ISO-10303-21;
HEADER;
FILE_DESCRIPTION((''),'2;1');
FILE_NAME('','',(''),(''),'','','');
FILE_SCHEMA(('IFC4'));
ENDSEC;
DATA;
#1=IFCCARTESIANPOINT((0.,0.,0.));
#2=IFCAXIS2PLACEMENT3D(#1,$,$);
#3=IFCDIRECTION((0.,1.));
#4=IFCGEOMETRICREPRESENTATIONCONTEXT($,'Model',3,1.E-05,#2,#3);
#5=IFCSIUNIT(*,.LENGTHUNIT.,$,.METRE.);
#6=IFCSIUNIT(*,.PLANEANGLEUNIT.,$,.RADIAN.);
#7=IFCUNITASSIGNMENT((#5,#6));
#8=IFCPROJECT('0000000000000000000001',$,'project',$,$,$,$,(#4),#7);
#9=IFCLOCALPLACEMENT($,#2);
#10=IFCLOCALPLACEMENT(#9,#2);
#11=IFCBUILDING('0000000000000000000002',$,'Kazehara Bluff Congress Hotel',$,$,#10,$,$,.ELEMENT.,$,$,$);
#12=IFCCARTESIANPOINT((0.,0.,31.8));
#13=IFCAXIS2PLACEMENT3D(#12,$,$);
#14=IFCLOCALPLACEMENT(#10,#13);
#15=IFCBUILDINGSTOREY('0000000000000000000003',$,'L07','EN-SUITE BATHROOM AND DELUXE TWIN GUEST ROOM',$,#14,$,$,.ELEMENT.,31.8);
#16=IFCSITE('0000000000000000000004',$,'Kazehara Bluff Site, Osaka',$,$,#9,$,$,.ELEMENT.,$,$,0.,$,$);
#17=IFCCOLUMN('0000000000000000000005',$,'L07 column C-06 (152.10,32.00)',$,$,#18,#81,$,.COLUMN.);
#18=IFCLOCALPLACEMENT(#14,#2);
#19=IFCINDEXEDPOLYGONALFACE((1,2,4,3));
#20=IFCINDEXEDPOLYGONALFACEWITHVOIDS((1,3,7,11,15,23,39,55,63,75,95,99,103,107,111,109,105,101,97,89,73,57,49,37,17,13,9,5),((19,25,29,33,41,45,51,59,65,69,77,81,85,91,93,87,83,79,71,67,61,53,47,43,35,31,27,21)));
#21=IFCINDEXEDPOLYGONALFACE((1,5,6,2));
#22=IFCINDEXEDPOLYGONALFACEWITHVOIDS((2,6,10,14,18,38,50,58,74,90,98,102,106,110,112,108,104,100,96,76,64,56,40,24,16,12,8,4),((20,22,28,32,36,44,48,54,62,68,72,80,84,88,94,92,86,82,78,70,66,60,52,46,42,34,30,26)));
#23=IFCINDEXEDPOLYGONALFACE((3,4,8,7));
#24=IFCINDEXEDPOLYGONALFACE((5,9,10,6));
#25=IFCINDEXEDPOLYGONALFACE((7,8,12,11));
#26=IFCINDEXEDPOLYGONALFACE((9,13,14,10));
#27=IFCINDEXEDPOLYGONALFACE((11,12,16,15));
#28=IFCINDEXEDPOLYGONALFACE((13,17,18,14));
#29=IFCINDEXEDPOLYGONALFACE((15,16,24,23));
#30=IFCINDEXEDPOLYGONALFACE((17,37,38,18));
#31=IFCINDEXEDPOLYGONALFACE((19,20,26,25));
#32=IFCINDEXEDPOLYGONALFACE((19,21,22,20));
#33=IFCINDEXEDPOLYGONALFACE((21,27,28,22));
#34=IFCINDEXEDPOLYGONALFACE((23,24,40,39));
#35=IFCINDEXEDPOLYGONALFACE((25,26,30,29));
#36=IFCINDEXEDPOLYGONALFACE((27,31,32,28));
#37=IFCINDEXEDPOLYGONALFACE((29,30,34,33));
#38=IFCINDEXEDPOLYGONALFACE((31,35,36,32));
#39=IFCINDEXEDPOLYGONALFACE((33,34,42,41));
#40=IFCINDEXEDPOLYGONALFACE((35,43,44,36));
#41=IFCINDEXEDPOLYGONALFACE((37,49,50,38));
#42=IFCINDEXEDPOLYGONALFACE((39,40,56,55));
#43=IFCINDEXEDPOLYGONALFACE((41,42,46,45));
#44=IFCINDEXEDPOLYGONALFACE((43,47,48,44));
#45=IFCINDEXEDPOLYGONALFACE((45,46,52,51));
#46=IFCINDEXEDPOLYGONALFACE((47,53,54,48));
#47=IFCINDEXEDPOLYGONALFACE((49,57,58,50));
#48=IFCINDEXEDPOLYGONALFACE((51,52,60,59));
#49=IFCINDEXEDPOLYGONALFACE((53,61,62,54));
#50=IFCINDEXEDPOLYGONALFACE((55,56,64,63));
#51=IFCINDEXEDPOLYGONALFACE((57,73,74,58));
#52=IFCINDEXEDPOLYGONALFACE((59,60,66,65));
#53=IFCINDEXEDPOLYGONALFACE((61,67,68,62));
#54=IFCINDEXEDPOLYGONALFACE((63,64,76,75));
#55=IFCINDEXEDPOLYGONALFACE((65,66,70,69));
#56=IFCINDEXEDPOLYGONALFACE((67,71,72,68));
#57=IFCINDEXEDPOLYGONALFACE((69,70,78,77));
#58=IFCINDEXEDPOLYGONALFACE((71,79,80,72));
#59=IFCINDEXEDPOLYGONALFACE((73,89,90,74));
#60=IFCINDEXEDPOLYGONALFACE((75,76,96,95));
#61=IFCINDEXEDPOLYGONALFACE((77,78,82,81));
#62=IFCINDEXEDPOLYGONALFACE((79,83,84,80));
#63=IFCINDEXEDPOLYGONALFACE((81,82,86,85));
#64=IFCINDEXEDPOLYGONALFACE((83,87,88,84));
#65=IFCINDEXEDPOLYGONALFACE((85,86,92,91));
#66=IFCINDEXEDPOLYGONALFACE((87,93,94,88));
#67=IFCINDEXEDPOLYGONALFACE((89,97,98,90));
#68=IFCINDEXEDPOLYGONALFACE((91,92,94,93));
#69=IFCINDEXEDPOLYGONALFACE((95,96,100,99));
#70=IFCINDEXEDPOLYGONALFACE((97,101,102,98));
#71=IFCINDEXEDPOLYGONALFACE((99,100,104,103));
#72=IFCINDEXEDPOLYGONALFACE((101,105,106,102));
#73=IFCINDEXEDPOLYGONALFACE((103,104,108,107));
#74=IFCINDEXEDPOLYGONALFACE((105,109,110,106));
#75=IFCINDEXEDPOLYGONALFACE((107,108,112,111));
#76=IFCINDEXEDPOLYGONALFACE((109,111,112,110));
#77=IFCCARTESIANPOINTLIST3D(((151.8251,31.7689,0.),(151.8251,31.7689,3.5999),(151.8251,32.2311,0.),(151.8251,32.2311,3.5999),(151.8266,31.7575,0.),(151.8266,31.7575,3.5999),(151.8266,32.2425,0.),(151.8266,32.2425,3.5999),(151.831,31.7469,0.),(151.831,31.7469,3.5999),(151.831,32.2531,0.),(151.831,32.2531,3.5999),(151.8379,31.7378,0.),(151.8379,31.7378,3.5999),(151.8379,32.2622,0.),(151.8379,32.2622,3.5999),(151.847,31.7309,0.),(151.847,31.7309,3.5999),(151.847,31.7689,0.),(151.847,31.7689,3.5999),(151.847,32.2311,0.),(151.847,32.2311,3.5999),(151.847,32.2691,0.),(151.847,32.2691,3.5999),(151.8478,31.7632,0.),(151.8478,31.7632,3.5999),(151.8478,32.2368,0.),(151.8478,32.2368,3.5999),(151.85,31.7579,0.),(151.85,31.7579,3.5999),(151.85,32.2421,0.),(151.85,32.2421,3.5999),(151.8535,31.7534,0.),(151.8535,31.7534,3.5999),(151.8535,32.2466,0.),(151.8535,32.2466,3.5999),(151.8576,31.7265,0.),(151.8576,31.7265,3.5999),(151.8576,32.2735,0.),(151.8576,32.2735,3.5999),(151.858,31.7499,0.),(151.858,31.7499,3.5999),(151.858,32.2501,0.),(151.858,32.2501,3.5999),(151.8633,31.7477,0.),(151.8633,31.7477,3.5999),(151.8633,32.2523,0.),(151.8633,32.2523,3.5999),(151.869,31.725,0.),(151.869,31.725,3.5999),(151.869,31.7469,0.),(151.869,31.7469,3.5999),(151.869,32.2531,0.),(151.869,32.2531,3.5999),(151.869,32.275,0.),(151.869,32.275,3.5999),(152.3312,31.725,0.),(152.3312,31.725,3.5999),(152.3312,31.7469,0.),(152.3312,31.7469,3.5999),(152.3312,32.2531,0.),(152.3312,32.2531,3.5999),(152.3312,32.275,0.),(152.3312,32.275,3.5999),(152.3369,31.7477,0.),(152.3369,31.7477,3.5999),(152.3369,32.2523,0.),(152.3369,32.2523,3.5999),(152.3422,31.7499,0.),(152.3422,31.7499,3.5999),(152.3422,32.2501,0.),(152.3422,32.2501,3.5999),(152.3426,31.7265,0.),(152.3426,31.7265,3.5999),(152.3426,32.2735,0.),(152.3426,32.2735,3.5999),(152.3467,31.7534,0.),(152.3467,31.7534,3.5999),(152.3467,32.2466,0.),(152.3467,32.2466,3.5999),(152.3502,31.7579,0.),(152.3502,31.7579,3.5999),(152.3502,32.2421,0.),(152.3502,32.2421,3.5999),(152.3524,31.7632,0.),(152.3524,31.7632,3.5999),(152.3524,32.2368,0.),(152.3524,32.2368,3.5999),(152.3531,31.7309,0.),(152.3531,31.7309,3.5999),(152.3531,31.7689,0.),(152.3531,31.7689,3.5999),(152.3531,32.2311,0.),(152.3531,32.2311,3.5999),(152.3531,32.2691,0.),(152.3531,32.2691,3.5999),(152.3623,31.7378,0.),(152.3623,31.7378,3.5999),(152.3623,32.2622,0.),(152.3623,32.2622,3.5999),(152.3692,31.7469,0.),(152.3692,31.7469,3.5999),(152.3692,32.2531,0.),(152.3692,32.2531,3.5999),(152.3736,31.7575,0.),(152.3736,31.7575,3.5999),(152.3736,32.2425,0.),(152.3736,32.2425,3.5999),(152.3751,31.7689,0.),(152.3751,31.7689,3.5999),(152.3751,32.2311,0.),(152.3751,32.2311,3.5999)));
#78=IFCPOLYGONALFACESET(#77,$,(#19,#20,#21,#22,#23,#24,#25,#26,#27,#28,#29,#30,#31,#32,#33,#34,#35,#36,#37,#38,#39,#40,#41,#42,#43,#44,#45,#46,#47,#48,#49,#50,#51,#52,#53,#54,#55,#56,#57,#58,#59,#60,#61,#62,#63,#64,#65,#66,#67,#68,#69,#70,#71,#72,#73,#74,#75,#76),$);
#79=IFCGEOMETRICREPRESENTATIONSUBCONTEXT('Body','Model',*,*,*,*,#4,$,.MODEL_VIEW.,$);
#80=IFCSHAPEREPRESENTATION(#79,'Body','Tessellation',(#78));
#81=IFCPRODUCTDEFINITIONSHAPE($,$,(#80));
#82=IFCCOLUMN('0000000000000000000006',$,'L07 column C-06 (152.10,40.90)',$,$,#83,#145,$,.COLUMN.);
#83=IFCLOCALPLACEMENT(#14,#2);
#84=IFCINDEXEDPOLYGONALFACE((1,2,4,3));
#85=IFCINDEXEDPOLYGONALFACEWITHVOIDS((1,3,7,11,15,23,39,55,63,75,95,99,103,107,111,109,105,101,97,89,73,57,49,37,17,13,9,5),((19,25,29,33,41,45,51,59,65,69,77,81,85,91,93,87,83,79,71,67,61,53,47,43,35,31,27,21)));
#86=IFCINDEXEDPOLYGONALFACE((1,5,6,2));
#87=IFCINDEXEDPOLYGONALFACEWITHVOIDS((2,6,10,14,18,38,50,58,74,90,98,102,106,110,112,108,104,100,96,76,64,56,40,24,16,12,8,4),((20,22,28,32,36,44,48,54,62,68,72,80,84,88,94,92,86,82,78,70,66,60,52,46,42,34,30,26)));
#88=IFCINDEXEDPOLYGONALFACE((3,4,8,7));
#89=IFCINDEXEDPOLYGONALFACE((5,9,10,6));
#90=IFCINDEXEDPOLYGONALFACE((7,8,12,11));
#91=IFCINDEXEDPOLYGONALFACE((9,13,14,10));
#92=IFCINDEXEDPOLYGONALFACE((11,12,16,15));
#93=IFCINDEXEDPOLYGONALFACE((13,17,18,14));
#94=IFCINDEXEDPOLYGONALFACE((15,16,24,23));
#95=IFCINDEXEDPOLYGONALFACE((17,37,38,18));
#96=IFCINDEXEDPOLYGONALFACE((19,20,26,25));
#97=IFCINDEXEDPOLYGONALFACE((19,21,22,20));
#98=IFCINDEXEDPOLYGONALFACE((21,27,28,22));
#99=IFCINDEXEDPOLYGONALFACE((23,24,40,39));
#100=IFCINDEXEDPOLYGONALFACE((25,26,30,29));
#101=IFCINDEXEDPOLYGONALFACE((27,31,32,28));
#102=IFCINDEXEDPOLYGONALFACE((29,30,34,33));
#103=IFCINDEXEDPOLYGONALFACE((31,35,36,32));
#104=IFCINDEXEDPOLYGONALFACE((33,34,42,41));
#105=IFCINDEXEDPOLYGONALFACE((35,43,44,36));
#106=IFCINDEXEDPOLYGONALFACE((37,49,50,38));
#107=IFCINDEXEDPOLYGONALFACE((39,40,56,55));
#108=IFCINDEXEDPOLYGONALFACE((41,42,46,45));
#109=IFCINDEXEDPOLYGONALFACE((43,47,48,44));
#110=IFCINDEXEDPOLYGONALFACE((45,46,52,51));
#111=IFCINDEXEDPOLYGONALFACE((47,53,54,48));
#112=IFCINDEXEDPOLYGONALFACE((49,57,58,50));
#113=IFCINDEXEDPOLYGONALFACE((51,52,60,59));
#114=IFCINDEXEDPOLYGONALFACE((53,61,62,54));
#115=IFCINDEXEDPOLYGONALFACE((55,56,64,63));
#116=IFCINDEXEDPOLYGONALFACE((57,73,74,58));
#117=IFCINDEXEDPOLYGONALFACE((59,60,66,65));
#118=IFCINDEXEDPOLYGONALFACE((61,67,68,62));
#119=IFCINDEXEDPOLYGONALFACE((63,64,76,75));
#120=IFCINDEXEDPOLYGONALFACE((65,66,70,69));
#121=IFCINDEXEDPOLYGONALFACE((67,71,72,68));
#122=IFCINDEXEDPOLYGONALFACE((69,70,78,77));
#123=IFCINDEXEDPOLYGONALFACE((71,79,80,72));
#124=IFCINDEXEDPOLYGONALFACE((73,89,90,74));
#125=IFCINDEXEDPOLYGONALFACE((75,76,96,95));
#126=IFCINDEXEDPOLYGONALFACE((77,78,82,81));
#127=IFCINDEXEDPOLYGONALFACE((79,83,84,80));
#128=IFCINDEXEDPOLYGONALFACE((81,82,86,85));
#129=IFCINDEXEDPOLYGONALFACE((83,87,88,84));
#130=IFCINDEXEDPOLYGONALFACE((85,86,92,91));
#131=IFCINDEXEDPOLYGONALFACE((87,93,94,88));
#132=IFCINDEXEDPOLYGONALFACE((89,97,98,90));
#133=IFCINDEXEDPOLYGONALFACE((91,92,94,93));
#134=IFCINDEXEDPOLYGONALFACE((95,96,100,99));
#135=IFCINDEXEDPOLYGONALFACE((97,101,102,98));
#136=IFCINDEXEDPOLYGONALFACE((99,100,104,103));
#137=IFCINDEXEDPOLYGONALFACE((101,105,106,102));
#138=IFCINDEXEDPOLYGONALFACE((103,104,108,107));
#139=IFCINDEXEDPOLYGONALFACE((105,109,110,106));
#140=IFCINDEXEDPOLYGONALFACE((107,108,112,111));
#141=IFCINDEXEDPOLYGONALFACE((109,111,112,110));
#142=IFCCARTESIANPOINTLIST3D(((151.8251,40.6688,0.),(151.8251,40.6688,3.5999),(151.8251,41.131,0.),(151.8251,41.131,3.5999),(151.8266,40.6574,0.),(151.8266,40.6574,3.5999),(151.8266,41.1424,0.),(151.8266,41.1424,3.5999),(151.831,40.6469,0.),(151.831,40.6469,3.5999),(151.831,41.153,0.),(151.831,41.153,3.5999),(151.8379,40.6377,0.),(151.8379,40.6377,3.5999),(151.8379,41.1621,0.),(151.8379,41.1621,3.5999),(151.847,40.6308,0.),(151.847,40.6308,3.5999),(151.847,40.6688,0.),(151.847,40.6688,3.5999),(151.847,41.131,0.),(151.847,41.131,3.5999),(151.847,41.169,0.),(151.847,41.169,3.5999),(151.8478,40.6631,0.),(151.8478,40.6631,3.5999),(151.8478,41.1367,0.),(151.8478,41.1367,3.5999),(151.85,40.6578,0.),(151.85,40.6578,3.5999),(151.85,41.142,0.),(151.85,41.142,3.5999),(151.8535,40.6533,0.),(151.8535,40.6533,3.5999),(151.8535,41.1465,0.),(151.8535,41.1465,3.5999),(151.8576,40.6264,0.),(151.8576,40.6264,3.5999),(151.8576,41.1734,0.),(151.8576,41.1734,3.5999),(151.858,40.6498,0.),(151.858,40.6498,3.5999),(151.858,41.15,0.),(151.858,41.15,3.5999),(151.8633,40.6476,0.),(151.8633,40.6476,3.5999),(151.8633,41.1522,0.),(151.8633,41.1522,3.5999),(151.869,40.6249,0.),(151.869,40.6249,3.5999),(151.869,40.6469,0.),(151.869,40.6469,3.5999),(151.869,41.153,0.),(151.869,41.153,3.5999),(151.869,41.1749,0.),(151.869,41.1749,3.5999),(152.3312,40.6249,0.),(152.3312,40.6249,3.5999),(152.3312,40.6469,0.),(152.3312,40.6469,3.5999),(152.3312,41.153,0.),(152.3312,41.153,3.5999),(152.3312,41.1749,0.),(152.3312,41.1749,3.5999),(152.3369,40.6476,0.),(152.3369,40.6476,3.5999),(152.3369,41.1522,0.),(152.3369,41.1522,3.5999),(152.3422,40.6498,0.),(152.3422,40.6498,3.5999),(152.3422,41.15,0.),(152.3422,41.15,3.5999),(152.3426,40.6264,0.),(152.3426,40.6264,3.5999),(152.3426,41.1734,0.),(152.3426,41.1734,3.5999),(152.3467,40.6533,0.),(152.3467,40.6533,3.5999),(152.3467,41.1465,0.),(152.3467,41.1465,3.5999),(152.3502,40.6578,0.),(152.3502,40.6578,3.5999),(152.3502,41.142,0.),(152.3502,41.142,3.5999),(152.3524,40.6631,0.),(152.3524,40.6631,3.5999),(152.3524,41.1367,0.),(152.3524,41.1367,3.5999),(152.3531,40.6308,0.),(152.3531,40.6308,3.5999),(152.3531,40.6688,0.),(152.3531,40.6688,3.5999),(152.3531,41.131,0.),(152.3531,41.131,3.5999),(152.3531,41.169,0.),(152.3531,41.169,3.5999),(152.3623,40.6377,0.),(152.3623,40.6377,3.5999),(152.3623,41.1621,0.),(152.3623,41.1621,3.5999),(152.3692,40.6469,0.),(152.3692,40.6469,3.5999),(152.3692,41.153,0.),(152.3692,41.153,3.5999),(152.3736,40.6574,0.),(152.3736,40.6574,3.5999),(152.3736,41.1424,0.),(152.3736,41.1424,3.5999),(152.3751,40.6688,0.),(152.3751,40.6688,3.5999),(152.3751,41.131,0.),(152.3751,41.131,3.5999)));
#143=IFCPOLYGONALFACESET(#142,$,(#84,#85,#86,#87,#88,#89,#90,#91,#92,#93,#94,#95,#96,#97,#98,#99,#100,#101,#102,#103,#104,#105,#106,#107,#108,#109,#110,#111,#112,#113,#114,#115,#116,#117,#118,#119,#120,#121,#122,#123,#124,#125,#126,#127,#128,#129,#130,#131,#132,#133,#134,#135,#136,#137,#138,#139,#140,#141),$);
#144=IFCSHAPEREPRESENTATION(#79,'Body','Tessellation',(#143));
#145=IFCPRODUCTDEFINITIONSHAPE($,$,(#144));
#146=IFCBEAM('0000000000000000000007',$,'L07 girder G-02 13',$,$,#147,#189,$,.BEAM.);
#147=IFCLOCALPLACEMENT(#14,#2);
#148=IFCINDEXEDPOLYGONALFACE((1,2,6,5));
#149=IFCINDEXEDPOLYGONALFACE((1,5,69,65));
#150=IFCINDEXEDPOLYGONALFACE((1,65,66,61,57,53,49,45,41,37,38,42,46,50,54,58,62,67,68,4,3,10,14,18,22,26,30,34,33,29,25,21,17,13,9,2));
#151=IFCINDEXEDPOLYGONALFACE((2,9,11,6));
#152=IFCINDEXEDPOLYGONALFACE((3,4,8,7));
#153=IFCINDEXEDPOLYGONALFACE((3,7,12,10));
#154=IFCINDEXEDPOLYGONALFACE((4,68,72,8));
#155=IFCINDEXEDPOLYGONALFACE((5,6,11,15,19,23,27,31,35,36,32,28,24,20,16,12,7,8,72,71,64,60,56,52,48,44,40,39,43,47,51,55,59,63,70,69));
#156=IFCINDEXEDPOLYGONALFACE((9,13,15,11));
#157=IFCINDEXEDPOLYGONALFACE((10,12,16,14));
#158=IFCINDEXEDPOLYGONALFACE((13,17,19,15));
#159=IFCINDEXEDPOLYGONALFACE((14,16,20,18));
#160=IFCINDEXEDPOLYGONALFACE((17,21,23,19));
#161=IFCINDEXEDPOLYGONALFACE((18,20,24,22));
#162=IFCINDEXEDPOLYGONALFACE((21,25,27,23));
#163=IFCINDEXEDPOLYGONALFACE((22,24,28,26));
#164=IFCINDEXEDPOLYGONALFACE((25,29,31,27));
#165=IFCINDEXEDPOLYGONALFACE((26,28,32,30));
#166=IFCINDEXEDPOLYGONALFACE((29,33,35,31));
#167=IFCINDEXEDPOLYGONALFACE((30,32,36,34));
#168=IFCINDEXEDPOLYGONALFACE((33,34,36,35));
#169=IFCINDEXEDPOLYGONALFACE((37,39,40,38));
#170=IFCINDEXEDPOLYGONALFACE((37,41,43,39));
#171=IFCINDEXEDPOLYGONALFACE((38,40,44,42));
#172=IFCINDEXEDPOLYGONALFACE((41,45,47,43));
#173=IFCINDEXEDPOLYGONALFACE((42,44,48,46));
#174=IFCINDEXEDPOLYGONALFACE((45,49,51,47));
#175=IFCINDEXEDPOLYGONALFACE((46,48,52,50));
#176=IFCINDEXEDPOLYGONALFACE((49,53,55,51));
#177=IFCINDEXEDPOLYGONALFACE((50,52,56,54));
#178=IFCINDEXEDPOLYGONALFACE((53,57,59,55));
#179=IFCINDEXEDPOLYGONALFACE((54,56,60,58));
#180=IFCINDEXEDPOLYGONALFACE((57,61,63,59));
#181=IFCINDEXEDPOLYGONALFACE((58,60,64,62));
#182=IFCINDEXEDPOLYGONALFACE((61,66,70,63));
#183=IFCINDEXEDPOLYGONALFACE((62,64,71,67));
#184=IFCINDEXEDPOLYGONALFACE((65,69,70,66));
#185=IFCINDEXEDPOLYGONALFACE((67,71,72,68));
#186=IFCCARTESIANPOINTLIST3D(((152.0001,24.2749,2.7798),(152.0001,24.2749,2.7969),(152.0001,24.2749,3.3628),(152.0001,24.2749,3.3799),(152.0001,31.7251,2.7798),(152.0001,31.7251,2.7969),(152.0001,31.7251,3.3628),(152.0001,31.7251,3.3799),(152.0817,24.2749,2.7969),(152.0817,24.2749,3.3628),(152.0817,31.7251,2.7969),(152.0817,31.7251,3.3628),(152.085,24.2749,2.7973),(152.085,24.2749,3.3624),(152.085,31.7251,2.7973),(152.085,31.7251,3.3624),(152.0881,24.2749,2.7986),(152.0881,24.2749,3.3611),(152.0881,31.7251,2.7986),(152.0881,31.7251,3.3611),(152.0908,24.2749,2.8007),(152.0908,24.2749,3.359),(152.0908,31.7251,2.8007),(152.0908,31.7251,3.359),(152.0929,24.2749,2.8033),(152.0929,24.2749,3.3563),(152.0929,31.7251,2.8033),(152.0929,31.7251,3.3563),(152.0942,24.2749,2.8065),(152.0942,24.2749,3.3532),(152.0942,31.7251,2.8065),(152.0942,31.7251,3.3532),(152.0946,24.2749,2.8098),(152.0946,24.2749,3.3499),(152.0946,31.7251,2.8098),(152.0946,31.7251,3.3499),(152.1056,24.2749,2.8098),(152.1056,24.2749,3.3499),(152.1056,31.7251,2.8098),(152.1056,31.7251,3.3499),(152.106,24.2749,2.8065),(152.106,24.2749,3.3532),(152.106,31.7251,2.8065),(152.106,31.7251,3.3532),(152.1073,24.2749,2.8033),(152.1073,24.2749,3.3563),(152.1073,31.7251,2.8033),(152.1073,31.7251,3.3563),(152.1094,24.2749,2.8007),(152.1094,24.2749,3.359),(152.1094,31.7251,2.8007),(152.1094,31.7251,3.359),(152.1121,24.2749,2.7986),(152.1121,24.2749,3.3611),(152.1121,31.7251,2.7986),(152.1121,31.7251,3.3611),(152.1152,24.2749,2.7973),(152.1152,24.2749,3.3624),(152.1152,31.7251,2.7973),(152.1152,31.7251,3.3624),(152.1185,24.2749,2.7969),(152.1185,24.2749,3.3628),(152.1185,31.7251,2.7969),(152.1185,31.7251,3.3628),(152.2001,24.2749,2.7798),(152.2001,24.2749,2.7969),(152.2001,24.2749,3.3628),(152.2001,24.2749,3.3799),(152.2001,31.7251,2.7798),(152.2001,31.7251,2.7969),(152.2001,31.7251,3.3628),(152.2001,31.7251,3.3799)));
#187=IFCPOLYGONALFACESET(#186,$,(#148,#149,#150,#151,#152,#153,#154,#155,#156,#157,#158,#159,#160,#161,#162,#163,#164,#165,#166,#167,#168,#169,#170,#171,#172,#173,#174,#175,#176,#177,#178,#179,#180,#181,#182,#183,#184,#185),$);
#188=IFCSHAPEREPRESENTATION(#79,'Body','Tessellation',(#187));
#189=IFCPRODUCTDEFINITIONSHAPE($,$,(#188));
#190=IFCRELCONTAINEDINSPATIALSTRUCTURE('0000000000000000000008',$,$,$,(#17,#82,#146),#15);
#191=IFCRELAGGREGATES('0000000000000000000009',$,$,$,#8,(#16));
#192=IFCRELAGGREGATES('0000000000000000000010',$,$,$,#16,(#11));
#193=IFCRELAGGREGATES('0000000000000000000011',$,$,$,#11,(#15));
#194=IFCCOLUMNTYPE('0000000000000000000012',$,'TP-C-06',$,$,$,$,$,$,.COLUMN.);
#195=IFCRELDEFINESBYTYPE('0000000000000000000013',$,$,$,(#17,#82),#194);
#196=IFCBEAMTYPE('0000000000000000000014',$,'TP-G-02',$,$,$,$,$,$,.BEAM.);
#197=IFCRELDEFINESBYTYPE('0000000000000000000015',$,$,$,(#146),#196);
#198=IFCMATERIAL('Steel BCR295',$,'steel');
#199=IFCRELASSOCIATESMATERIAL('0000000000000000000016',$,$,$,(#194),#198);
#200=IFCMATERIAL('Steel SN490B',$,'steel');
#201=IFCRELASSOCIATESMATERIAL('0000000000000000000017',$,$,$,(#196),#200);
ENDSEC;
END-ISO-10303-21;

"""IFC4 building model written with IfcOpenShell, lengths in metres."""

from ifc_helpers import new_model, si_unit, direction, frame, origin, origin_2d, place, context, subcontext, project, spatial, hollow_rectangle, i_section, extrude, material, material_profile, profile_set, type_object, element, save


model = new_model("IFC4")

# Units and contexts
model_context = context("Model", 3, precision=1e-05, world=origin(), true_north=direction((0.0, 1.0)))
body_context = subcontext(model_context, "Body", "Model", "MODEL_VIEW")
ifc_project = project(units=[si_unit("LENGTHUNIT", "METRE"), si_unit("PLANEANGLEUNIT", "RADIAN")], contexts=[model_context])

# Site, building, storey
site_placement = place(None, origin())
site = spatial("IfcSite", under=ifc_project, at=site_placement, Name="Kazehara Bluff Site, Osaka", CompositionType="ELEMENT", RefElevation=0.0)
building_placement = place(site_placement, origin())
building = spatial("IfcBuilding", under=site, at=building_placement, Name="Kazehara Bluff Congress Hotel", CompositionType="ELEMENT")
storey_placement = place(building_placement, frame((0.0, 0.0, 31.8)))
storey = spatial("IfcBuildingStorey", under=building, at=storey_placement, Name="L07", Description="EN-SUITE BATHROOM AND DELUXE TWIN GUEST ROOM", CompositionType="ELEMENT", Elevation=31.8)

# Columns
ifc_material_1 = material(Name="Steel BCR295", Category="steel")
ifc_material_profile_1 = material_profile(ifc_material_1, hollow_rectangle(XDim=0.55, YDim=0.55, WallThickness=0.022, InnerFilletRadius=0.022, OuterFilletRadius=0.0439, at=origin_2d()))
ifc_profile_set_1 = profile_set([ifc_material_profile_1], Name="Steel BCR295")
column_type = type_object("IfcColumnType", Name="TP-C-06", PredefinedType="COLUMN", material=ifc_profile_set_1)
for number, where, z_axis, x_axis, name in (
    (1, (152.1001, 32.0, 0.0), (0.0, 0.0, 1.0), (1.0, 0.0, 0.0), "L07 column C-06 (152.10,32.00)"),
    (2, (152.1001, 40.8999, 0.0), (0.0, 0.0, 1.0), (1.0, 0.0, 0.0), "L07 column C-06 (152.10,40.90)"),
):
    element("IfcColumn", number, at=place(storey_placement, frame(where, z_axis=z_axis, x_axis=x_axis)), inside=storey, type_object=column_type, Name=name, PredefinedType="COLUMN", context=body_context, shape_type="SweptSolid", body=[
        extrude(hollow_rectangle(XDim=0.55, YDim=0.55, WallThickness=0.022, InnerFilletRadius=0.022, OuterFilletRadius=0.0439, at=origin_2d()), origin(), (0.0, 0.0, 1.0), 3.5999),
    ])

# Beam
ifc_material_2 = material(Name="Steel SN490B", Category="steel")
ifc_material_profile_2 = material_profile(ifc_material_2, i_section(OverallWidth=0.2, OverallDepth=0.6001, WebThickness=0.011, FlangeThickness=0.0171, FilletRadius=0.0129, at=origin_2d()))
ifc_profile_set_2 = profile_set([ifc_material_profile_2], Name="Steel SN490B")
beam_type_1 = type_object("IfcBeamType", Name="TP-G-02", PredefinedType="BEAM", material=ifc_profile_set_2)
beam_1_placement = place(storey_placement, frame((152.1001, 24.2749, 3.0798), z_axis=(0.0, 1.0, 0.0), x_axis=(-1.0, 0.0, 0.0)))
element("IfcBeam", 3, at=beam_1_placement, inside=storey, type_object=beam_type_1, Name="L07 girder G-02 13", PredefinedType="BEAM", context=body_context, shape_type="SweptSolid", body=[
    extrude(i_section(OverallWidth=0.2, OverallDepth=0.6001, WebThickness=0.011, FlangeThickness=0.0171, FilletRadius=0.0129, at=origin_2d()), origin(), (0.0, 0.0, 1.0), 7.4502),
])

save(model, "model.ifc")
